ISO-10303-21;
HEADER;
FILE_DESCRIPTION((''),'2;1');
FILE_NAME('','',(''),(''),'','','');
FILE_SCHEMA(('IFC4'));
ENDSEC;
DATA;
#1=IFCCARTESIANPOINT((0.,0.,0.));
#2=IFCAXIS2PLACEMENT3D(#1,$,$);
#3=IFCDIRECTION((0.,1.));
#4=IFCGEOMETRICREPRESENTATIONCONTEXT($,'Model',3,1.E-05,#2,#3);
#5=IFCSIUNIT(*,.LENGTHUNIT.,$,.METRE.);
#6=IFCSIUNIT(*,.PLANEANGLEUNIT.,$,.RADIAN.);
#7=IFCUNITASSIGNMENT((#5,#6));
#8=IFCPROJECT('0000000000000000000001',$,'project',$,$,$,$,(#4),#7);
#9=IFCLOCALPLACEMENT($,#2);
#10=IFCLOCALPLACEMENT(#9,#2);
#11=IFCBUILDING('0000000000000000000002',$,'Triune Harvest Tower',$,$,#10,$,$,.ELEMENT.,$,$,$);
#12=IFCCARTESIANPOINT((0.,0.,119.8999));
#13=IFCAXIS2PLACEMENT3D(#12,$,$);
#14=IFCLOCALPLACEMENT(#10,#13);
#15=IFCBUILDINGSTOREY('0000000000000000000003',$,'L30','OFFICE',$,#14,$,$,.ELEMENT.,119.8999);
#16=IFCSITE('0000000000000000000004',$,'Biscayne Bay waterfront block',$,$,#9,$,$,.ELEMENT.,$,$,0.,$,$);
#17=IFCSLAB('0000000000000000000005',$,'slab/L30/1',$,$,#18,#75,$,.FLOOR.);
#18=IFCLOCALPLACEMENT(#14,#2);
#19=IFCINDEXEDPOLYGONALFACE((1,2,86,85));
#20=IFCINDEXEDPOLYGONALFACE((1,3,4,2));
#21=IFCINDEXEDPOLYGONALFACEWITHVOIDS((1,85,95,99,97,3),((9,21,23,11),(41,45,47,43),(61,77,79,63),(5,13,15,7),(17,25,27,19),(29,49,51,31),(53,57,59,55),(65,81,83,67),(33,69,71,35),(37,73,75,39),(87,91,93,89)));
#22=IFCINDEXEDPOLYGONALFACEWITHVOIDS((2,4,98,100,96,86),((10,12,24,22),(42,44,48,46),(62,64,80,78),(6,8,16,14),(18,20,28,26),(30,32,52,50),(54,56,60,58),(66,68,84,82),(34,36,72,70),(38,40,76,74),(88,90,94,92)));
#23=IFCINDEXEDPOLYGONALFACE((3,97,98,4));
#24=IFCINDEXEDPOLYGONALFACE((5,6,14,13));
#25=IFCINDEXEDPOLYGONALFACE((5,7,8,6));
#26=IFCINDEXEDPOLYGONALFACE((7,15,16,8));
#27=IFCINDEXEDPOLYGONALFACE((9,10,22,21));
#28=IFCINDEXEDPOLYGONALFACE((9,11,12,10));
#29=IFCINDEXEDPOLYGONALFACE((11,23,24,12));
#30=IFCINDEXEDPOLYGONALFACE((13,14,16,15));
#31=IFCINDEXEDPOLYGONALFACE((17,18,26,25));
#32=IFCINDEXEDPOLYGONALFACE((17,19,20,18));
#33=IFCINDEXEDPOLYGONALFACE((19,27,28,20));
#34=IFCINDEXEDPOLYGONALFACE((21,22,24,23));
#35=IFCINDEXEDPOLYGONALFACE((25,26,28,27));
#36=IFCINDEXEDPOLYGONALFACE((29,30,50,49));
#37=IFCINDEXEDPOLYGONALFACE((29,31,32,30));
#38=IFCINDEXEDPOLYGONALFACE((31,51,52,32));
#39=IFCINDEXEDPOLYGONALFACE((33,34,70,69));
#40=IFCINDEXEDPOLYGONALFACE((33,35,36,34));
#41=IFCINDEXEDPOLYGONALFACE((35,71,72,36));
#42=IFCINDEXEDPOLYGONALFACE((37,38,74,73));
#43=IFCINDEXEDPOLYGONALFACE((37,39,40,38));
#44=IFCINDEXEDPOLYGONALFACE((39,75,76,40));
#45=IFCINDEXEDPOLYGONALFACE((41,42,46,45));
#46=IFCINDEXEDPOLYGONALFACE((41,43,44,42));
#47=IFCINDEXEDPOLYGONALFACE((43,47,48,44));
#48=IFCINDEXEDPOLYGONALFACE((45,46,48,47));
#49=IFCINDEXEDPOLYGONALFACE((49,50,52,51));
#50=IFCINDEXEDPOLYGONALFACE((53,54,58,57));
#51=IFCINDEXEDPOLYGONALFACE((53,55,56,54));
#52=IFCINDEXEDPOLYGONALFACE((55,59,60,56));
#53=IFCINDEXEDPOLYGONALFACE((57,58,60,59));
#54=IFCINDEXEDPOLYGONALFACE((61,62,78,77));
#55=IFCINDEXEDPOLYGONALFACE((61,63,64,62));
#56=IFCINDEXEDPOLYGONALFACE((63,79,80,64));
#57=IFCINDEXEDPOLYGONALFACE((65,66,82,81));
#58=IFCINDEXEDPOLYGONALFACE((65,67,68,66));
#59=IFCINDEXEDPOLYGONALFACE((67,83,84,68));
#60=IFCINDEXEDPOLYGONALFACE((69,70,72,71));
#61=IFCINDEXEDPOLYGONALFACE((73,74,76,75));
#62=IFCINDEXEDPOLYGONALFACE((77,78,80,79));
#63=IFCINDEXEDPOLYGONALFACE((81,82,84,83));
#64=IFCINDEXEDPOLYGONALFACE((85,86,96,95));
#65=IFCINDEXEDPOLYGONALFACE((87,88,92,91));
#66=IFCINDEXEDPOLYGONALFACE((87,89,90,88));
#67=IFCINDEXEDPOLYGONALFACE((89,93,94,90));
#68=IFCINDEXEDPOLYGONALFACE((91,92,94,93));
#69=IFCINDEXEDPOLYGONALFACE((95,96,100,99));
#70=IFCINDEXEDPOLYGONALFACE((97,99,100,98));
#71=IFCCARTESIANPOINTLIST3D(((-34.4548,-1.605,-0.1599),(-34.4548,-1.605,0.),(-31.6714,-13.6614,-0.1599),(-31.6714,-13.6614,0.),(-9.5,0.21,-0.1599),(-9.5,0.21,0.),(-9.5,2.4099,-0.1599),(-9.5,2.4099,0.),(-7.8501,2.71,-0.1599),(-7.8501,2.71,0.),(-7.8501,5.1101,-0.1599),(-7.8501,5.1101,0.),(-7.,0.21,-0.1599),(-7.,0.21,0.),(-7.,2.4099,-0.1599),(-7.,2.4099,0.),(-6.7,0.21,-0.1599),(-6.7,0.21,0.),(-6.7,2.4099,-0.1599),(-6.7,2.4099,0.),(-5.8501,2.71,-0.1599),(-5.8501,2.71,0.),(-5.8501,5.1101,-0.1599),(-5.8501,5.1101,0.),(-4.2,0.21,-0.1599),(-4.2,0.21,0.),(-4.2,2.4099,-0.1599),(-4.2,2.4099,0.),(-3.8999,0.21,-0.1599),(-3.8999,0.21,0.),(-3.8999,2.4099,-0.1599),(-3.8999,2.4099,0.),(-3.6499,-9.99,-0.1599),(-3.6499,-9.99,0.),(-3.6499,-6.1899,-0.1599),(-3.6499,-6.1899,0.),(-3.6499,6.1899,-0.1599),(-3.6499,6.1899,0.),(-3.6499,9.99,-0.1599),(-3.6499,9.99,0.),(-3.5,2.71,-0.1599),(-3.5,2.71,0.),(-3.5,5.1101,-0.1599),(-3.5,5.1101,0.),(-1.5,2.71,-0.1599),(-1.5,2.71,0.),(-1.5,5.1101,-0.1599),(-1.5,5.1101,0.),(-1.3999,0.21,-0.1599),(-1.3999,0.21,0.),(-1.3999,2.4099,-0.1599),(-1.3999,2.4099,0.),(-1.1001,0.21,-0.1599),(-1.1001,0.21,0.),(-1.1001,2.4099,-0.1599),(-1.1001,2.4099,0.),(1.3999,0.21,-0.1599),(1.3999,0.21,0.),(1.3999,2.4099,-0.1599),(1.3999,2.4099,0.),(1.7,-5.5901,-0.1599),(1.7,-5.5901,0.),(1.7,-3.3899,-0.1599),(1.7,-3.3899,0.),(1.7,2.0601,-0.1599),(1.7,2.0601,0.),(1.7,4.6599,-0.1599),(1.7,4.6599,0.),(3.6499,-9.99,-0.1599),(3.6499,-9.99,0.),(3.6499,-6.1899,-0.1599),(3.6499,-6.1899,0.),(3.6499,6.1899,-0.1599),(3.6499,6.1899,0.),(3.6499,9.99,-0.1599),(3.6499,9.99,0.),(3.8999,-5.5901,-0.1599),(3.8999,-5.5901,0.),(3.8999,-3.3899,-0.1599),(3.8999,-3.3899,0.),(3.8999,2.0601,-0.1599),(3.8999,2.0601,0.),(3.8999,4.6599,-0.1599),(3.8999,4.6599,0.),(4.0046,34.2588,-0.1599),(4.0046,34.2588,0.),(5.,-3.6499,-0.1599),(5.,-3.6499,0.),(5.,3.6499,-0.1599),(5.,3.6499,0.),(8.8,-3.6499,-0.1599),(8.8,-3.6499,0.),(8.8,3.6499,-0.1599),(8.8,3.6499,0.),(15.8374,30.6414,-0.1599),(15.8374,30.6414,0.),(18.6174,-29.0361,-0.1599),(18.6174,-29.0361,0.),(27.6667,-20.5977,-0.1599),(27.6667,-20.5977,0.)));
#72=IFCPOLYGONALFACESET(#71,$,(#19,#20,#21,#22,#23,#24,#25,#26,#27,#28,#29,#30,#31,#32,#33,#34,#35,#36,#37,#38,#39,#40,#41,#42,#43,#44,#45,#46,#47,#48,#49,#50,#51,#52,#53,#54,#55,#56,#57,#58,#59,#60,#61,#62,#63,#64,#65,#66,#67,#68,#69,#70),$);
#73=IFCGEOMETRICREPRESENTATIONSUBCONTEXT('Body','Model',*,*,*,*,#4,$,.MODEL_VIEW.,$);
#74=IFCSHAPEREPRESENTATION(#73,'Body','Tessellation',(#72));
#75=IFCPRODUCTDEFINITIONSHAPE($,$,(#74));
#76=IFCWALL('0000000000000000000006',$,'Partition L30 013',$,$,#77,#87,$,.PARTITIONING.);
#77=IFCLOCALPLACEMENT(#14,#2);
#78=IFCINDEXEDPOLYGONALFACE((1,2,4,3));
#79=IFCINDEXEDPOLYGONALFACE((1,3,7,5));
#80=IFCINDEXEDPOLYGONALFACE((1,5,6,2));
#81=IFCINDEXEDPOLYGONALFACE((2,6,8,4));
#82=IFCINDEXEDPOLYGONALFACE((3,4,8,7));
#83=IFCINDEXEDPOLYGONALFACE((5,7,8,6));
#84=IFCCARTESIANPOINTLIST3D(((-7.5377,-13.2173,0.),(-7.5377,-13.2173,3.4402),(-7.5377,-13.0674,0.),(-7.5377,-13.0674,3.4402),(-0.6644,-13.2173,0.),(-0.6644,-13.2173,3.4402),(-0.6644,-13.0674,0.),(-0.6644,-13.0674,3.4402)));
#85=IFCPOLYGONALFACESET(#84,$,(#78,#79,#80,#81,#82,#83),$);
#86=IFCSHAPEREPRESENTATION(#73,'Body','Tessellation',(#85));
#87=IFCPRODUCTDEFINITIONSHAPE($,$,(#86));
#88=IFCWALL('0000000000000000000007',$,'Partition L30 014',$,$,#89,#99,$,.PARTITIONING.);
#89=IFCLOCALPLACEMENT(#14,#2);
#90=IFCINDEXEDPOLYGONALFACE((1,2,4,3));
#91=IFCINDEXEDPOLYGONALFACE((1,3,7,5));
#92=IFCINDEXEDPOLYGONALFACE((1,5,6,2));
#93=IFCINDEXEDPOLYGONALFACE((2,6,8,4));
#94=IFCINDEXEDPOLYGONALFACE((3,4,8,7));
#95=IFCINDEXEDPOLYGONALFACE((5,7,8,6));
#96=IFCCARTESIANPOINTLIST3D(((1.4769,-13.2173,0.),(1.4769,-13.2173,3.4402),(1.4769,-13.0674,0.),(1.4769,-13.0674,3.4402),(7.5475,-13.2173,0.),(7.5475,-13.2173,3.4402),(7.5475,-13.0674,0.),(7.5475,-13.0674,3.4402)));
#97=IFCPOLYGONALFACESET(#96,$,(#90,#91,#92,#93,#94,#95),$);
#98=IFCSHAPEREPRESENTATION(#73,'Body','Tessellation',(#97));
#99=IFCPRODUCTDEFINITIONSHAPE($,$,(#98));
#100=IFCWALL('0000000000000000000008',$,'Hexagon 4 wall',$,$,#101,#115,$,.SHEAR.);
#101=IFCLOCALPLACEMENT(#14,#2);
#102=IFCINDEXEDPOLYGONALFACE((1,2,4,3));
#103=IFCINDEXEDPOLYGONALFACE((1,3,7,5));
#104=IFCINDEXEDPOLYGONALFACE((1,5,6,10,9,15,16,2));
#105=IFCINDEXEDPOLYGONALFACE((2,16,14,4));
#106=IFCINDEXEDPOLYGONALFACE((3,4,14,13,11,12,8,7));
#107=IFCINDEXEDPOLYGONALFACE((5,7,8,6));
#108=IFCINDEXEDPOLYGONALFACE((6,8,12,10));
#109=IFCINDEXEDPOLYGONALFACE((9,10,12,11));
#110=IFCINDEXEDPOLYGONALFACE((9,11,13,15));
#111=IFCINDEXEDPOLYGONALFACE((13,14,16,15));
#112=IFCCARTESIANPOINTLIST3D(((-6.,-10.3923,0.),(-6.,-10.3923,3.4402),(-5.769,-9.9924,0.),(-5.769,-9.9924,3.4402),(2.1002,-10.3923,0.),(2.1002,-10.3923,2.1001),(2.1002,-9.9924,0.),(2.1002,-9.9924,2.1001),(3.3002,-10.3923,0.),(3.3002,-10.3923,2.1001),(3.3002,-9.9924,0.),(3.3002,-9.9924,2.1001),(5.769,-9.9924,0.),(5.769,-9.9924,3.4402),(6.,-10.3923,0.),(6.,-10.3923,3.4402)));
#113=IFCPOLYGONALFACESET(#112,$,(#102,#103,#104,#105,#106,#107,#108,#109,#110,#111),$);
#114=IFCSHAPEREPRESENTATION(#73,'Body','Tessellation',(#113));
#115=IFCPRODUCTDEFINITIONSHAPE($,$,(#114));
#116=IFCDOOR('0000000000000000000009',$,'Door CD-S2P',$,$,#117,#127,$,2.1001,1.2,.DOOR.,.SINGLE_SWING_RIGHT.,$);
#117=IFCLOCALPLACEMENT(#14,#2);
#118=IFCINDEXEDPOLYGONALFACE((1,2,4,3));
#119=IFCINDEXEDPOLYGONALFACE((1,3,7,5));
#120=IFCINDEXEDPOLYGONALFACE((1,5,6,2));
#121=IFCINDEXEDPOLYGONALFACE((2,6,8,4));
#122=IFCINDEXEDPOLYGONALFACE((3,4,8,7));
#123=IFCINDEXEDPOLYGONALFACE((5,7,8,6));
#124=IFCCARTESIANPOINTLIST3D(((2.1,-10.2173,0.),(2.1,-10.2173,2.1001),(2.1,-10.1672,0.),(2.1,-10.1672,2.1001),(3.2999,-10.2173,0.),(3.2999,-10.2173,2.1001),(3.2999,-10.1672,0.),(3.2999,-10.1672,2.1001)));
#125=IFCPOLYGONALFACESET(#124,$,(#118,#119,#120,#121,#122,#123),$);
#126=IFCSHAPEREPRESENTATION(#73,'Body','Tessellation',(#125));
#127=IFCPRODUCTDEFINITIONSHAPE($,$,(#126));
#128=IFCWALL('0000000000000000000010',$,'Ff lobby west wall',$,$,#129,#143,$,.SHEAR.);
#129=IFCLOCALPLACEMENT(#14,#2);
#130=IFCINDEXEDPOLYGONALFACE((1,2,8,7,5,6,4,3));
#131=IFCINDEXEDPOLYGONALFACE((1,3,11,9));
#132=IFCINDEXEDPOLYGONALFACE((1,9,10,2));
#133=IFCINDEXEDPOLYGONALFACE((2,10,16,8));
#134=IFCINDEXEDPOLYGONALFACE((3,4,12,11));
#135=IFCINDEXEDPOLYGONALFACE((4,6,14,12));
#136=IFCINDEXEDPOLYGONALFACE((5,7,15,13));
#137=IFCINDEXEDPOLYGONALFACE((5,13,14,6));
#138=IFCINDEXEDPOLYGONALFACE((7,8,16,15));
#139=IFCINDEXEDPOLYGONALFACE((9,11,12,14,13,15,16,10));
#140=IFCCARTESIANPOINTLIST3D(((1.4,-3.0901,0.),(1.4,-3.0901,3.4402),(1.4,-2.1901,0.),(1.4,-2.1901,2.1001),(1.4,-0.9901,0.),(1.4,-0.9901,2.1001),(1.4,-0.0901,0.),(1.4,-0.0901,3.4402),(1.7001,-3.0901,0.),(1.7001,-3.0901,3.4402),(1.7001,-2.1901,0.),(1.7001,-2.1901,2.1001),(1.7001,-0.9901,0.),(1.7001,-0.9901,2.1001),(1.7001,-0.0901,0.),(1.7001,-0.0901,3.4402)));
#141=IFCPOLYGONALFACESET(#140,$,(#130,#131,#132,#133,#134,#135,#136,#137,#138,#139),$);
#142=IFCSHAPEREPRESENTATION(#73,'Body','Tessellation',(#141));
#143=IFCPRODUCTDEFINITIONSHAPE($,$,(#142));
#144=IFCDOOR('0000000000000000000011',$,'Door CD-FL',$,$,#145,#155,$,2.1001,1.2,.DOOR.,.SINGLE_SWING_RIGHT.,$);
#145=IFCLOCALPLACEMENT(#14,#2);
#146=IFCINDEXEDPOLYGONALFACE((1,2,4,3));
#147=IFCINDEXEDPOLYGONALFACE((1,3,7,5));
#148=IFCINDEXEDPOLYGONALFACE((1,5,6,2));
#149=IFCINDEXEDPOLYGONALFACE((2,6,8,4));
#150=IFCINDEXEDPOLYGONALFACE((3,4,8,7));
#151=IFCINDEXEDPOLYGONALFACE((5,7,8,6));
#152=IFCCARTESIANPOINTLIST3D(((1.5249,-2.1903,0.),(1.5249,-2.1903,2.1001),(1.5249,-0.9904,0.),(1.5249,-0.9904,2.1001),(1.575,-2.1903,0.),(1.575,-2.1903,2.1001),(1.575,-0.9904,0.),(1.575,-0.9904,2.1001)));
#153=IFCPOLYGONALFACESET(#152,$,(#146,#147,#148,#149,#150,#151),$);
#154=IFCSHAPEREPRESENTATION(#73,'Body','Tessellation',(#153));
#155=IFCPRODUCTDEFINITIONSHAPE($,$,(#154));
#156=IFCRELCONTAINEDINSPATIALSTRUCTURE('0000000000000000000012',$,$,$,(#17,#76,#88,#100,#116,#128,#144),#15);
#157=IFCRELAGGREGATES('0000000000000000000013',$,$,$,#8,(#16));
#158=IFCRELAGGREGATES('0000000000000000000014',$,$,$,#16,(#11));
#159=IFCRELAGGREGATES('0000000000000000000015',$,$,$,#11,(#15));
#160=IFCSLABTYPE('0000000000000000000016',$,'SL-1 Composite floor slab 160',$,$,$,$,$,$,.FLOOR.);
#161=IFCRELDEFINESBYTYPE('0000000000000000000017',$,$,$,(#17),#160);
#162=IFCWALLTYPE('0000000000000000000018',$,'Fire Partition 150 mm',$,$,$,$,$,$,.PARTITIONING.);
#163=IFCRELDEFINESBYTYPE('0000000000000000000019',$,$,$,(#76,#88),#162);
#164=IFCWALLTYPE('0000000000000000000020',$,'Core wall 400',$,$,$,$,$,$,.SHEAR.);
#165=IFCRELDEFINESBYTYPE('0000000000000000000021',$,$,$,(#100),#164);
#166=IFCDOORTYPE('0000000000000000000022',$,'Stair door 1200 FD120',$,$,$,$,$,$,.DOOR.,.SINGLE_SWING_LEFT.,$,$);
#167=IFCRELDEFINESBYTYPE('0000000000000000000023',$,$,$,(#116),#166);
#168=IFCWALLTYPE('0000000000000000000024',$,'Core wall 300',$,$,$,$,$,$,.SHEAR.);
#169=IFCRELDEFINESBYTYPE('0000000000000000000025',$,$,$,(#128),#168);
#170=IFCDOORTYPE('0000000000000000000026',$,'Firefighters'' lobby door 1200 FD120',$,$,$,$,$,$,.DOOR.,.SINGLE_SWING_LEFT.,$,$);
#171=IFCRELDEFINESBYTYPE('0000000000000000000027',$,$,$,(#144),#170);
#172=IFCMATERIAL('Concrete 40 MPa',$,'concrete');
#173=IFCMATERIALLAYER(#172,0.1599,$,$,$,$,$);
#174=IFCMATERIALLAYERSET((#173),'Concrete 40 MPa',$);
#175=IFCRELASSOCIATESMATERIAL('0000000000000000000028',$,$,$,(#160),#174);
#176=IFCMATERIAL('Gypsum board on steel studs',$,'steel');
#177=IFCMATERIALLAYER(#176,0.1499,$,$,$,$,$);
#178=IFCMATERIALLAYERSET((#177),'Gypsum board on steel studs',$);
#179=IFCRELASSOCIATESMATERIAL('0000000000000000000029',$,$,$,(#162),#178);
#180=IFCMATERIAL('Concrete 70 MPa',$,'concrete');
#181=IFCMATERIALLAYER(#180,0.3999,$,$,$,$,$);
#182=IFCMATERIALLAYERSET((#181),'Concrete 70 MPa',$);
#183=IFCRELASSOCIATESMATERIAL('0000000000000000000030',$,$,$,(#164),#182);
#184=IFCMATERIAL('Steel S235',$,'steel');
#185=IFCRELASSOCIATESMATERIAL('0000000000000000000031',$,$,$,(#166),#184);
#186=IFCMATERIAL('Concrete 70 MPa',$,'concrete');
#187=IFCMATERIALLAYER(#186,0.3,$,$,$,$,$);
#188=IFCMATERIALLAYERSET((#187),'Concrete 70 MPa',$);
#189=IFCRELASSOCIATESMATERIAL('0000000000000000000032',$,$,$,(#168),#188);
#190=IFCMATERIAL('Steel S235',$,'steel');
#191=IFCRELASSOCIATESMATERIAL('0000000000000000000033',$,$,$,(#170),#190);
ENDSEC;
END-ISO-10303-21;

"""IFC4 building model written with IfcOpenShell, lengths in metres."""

from ifc_helpers import new_model, si_unit, direction, frame, frame_2d, origin, place, context, subcontext, project, spatial, polyline, rectangle, outline, extrude, source, transform, mapped, material, layer, layer_set, type_object, element, fill, save


model = new_model("IFC4")

# Units and contexts
model_context = context("Model", 3, precision=1e-05, world=origin(), true_north=direction((0.0, 1.0)))
body_context = subcontext(model_context, "Body", "Model", "MODEL_VIEW")
ifc_project = project(units=[si_unit("LENGTHUNIT", "METRE"), si_unit("PLANEANGLEUNIT", "RADIAN")], contexts=[model_context])

# Site, building, storey
site_placement = place(None, origin())
site = spatial("IfcSite", under=ifc_project, at=site_placement, Name="Biscayne Bay waterfront block", CompositionType="ELEMENT", RefElevation=0.0)
building_placement = place(site_placement, origin())
building = spatial("IfcBuilding", under=site, at=building_placement, Name="Triune Harvest Tower", CompositionType="ELEMENT")
storey_placement = place(building_placement, frame((0.0, 0.0, 119.8999)))
storey = spatial("IfcBuildingStorey", under=building, at=storey_placement, Name="L30", Description="OFFICE", CompositionType="ELEMENT", Elevation=119.8999)

# Slab
ifc_material_1 = material(Name="Concrete 40 MPa", Category="concrete")
ifc_layer_1 = layer(ifc_material_1, 0.1599)
ifc_layer_set_1 = layer_set([ifc_layer_1], Name="Concrete 40 MPa")
slab_type = type_object("IfcSlabType", Name="SL-1 Composite floor slab 160", PredefinedType="FLOOR", material=ifc_layer_set_1)
shared_shape_1 = source(origin(), body_context, "Body", "SweptSolid", [
    extrude(outline(polyline([(27.6667, -20.5977), (15.8374, 30.6414), (4.0046, 34.2588), (-34.4548, -1.605), (-31.6714, -13.6614), (18.6174, -29.0361), (27.6667, -20.5977)]), holes=[polyline([(-7.0, 0.21), (-7.0, 2.4099), (-9.5, 2.4099), (-9.5, 0.21), (-7.0, 0.21)]), polyline([(-4.2, 0.21), (-4.2, 2.4099), (-6.7, 2.4099), (-6.7, 0.21), (-4.2, 0.21)]), polyline([(-1.3999, 0.21), (-1.3999, 2.4099), (-3.8999, 2.4099), (-3.8999, 0.21), (-1.3999, 0.21)]), polyline([(1.3999, 0.21), (1.3999, 2.4099), (-1.1001, 2.4099), (-1.1001, 0.21), (1.3999, 0.21)]), polyline([(3.8999, 2.0601), (3.8999, 4.6599), (1.7, 4.6599), (1.7, 2.0601), (3.8999, 2.0601)]), polyline([(3.8999, -5.5901), (3.8999, -3.3899), (1.7, -3.3899), (1.7, -5.5901), (3.8999, -5.5901)]), polyline([(-5.8501, 2.71), (-5.8501, 5.1101), (-7.8501, 5.1101), (-7.8501, 2.71), (-5.8501, 2.71)]), polyline([(-1.5, 2.71), (-1.5, 5.1101), (-3.5, 5.1101), (-3.5, 2.71), (-1.5, 2.71)]), polyline([(3.6499, 6.1899), (3.6499, 9.99), (-3.6499, 9.99), (-3.6499, 6.1899), (3.6499, 6.1899)]), polyline([(3.6499, -9.99), (3.6499, -6.1899), (-3.6499, -6.1899), (-3.6499, -9.99), (3.6499, -9.99)]), polyline([(8.8, -3.6499), (8.8, 3.6499), (5.0, 3.6499), (5.0, -3.6499), (8.8, -3.6499)])]), origin(), (0.0, 0.0, 1.0), 0.1599),
])
slab_placement = place(storey_placement, frame((0.0, 0.0, -0.1599)))
element("IfcSlab", 1, at=slab_placement, inside=storey, type_object=slab_type, Name="slab/L30/1", PredefinedType="FLOOR", context=body_context, shape_type="MappedRepresentation", body=[
    mapped(shared_shape_1, transform((0.0, 0.0, 0.0), scale=1.0)),
])

# Walls
ifc_material_2 = material(Name="Gypsum board on steel studs", Category="steel")
ifc_layer_2 = layer(ifc_material_2, 0.1499)
ifc_layer_set_2 = layer_set([ifc_layer_2], Name="Gypsum board on steel studs")
wall_type_1 = type_object("IfcWallType", Name="Fire Partition 150 mm", PredefinedType="PARTITIONING", material=ifc_layer_set_2)
wall_1_placement = place(storey_placement, frame((-7.5376, -13.1423, 0.0), z_axis=(0.0, 0.0, 1.0), x_axis=(1.0, 0.0, 0.0)))
element("IfcWall", 2, at=wall_1_placement, inside=storey, type_object=wall_type_1, Name="Partition L30 013", PredefinedType="PARTITIONING", context=body_context, shape_type="SweptSolid", body=[
    extrude(rectangle(XDim=6.8733, YDim=0.1499, at=frame_2d((3.4365, 0.0))), origin(), (0.0, 0.0, 1.0), 3.4402),
])
wall_2_placement = place(storey_placement, frame((1.4771, -13.1423, 0.0), z_axis=(0.0, 0.0, 1.0), x_axis=(1.0, 0.0, 0.0)))
element("IfcWall", 3, at=wall_2_placement, inside=storey, type_object=wall_type_1, Name="Partition L30 014", PredefinedType="PARTITIONING", context=body_context, shape_type="SweptSolid", body=[
    extrude(rectangle(XDim=6.0706, YDim=0.1499, at=frame_2d((3.0352, 0.0))), origin(), (0.0, 0.0, 1.0), 3.4402),
])

# Walls, openings, doors
ifc_material_3 = material(Name="Concrete 70 MPa", Category="concrete")
ifc_layer_3 = layer(ifc_material_3, 0.3999)
ifc_layer_set_3 = layer_set([ifc_layer_3], Name="Concrete 70 MPa")
wall_type_2 = type_object("IfcWallType", Name="Core wall 400", PredefinedType="SHEAR", material=ifc_layer_set_3)
shared_shape_2 = source(origin(), body_context, "Body", "SweptSolid", [
    extrude(outline(polyline([(-0.1155, -0.2), (11.8845, -0.2), (11.6536, 0.2), (0.1155, 0.2), (-0.1155, -0.2)])), origin(), (0.0, 0.0, 1.0), 3.4402),
])
wall_3_placement = place(storey_placement, frame((-5.8845, -10.1924, 0.0), z_axis=(0.0, 0.0, 1.0), x_axis=(1.0, 0.0, 0.0)))
wall_3 = element("IfcWall", 4, at=wall_3_placement, inside=storey, type_object=wall_type_2, Name="Hexagon 4 wall", PredefinedType="SHEAR", context=body_context, shape_type="MappedRepresentation", body=[
    mapped(shared_shape_2, transform((0.0, 0.0, 0.0), scale=1.0)),
])
opening_1_placement = place(wall_3_placement, frame((7.9846, 0.0, 0.0)))
opening_1 = element("IfcOpeningElement", 5, at=opening_1_placement, cuts=wall_3, PredefinedType="OPENING", context=body_context, shape_type="SweptSolid", body=[
    extrude(rectangle(XDim=1.2, YDim=2.1001, at=frame_2d((0.6001, 1.05))), frame((0.0, 0.21, 0.0), z_axis=(0.0, -1.0, 0.0), x_axis=(1.0, 0.0, 0.0)), (0.0, 0.0, 1.0), 0.4199),
])
ifc_material_4 = material(Name="Steel S235", Category="steel")
door_type_1 = type_object("IfcDoorType", Name="Stair door 1200 FD120", OperationType="SINGLE_SWING_LEFT", PredefinedType="DOOR", material=ifc_material_4)
door_1_placement = place(opening_1_placement, frame((1.2, 0.0, 0.0), z_axis=(0.0, 0.0, 1.0), x_axis=(-1.0, 0.0, 0.0)))
door_1 = element("IfcDoor", 6, at=door_1_placement, inside=storey, type_object=door_type_1, Name="Door CD-S2P", OperationType="SINGLE_SWING_RIGHT", OverallHeight=2.1001, OverallWidth=1.2, PredefinedType="DOOR", context=body_context, shape_type="SweptSolid", body=[
    extrude(rectangle(XDim=1.2, YDim=2.1001, at=frame_2d((0.6001, 1.05))), frame((0.0, 0.0249, 0.0), z_axis=(0.0, -1.0, 0.0), x_axis=(1.0, 0.0, 0.0)), (0.0, 0.0, 1.0), 0.05),
])
fill(opening_1, door_1)
ifc_material_5 = material(Name="Concrete 70 MPa", Category="concrete")
ifc_layer_4 = layer(ifc_material_5, 0.3)
ifc_layer_set_4 = layer_set([ifc_layer_4], Name="Concrete 70 MPa")
wall_type_3 = type_object("IfcWallType", Name="Core wall 300", PredefinedType="SHEAR", material=ifc_layer_set_4)
shared_shape_3 = source(origin(), body_context, "Body", "SweptSolid", [
    extrude(rectangle(XDim=3.0, YDim=0.3, at=frame_2d((1.5, 0.0))), origin(), (0.0, 0.0, 1.0), 3.4402),
])
wall_4_placement = place(storey_placement, frame((1.55, -3.0901, 0.0), z_axis=(0.0, 0.0, 1.0), x_axis=(0.0, 1.0, 0.0)))
wall_4 = element("IfcWall", 7, at=wall_4_placement, inside=storey, type_object=wall_type_3, Name="Ff lobby west wall", PredefinedType="SHEAR", context=body_context, shape_type="MappedRepresentation", body=[
    mapped(shared_shape_3, transform((0.0, 0.0, 0.0), scale=1.0)),
])
opening_2_placement = place(wall_4_placement, frame((0.8999, 0.0, 0.0)))
opening_2 = element("IfcOpeningElement", 8, at=opening_2_placement, cuts=wall_4, PredefinedType="OPENING", context=body_context, shape_type="SweptSolid", body=[
    extrude(rectangle(XDim=1.2, YDim=2.1001, at=frame_2d((0.6001, 1.05))), frame((0.0, 0.1602, 0.0), z_axis=(0.0, -1.0, 0.0), x_axis=(1.0, 0.0, 0.0)), (0.0, 0.0, 1.0), 0.3201),
])
ifc_material_6 = material(Name="Steel S235", Category="steel")
door_type_2 = type_object("IfcDoorType", Name="Firefighters' lobby door 1200 FD120", OperationType="SINGLE_SWING_LEFT", PredefinedType="DOOR", material=ifc_material_6)
door_2_placement = place(opening_2_placement, frame((1.2, 0.0, 0.0), z_axis=(0.0, 0.0, 1.0), x_axis=(-1.0, 0.0, 0.0)))
door_2 = element("IfcDoor", 9, at=door_2_placement, inside=storey, type_object=door_type_2, Name="Door CD-FL", OperationType="SINGLE_SWING_RIGHT", OverallHeight=2.1001, OverallWidth=1.2, PredefinedType="DOOR", context=body_context, shape_type="SweptSolid", body=[
    extrude(rectangle(XDim=1.2, YDim=2.1001, at=frame_2d((0.6001, 1.05))), frame((0.0, 0.0249, 0.0), z_axis=(0.0, -1.0, 0.0), x_axis=(1.0, 0.0, 0.0)), (0.0, 0.0, 1.0), 0.05),
])
fill(opening_2, door_2)

save(model, "model.ifc")
